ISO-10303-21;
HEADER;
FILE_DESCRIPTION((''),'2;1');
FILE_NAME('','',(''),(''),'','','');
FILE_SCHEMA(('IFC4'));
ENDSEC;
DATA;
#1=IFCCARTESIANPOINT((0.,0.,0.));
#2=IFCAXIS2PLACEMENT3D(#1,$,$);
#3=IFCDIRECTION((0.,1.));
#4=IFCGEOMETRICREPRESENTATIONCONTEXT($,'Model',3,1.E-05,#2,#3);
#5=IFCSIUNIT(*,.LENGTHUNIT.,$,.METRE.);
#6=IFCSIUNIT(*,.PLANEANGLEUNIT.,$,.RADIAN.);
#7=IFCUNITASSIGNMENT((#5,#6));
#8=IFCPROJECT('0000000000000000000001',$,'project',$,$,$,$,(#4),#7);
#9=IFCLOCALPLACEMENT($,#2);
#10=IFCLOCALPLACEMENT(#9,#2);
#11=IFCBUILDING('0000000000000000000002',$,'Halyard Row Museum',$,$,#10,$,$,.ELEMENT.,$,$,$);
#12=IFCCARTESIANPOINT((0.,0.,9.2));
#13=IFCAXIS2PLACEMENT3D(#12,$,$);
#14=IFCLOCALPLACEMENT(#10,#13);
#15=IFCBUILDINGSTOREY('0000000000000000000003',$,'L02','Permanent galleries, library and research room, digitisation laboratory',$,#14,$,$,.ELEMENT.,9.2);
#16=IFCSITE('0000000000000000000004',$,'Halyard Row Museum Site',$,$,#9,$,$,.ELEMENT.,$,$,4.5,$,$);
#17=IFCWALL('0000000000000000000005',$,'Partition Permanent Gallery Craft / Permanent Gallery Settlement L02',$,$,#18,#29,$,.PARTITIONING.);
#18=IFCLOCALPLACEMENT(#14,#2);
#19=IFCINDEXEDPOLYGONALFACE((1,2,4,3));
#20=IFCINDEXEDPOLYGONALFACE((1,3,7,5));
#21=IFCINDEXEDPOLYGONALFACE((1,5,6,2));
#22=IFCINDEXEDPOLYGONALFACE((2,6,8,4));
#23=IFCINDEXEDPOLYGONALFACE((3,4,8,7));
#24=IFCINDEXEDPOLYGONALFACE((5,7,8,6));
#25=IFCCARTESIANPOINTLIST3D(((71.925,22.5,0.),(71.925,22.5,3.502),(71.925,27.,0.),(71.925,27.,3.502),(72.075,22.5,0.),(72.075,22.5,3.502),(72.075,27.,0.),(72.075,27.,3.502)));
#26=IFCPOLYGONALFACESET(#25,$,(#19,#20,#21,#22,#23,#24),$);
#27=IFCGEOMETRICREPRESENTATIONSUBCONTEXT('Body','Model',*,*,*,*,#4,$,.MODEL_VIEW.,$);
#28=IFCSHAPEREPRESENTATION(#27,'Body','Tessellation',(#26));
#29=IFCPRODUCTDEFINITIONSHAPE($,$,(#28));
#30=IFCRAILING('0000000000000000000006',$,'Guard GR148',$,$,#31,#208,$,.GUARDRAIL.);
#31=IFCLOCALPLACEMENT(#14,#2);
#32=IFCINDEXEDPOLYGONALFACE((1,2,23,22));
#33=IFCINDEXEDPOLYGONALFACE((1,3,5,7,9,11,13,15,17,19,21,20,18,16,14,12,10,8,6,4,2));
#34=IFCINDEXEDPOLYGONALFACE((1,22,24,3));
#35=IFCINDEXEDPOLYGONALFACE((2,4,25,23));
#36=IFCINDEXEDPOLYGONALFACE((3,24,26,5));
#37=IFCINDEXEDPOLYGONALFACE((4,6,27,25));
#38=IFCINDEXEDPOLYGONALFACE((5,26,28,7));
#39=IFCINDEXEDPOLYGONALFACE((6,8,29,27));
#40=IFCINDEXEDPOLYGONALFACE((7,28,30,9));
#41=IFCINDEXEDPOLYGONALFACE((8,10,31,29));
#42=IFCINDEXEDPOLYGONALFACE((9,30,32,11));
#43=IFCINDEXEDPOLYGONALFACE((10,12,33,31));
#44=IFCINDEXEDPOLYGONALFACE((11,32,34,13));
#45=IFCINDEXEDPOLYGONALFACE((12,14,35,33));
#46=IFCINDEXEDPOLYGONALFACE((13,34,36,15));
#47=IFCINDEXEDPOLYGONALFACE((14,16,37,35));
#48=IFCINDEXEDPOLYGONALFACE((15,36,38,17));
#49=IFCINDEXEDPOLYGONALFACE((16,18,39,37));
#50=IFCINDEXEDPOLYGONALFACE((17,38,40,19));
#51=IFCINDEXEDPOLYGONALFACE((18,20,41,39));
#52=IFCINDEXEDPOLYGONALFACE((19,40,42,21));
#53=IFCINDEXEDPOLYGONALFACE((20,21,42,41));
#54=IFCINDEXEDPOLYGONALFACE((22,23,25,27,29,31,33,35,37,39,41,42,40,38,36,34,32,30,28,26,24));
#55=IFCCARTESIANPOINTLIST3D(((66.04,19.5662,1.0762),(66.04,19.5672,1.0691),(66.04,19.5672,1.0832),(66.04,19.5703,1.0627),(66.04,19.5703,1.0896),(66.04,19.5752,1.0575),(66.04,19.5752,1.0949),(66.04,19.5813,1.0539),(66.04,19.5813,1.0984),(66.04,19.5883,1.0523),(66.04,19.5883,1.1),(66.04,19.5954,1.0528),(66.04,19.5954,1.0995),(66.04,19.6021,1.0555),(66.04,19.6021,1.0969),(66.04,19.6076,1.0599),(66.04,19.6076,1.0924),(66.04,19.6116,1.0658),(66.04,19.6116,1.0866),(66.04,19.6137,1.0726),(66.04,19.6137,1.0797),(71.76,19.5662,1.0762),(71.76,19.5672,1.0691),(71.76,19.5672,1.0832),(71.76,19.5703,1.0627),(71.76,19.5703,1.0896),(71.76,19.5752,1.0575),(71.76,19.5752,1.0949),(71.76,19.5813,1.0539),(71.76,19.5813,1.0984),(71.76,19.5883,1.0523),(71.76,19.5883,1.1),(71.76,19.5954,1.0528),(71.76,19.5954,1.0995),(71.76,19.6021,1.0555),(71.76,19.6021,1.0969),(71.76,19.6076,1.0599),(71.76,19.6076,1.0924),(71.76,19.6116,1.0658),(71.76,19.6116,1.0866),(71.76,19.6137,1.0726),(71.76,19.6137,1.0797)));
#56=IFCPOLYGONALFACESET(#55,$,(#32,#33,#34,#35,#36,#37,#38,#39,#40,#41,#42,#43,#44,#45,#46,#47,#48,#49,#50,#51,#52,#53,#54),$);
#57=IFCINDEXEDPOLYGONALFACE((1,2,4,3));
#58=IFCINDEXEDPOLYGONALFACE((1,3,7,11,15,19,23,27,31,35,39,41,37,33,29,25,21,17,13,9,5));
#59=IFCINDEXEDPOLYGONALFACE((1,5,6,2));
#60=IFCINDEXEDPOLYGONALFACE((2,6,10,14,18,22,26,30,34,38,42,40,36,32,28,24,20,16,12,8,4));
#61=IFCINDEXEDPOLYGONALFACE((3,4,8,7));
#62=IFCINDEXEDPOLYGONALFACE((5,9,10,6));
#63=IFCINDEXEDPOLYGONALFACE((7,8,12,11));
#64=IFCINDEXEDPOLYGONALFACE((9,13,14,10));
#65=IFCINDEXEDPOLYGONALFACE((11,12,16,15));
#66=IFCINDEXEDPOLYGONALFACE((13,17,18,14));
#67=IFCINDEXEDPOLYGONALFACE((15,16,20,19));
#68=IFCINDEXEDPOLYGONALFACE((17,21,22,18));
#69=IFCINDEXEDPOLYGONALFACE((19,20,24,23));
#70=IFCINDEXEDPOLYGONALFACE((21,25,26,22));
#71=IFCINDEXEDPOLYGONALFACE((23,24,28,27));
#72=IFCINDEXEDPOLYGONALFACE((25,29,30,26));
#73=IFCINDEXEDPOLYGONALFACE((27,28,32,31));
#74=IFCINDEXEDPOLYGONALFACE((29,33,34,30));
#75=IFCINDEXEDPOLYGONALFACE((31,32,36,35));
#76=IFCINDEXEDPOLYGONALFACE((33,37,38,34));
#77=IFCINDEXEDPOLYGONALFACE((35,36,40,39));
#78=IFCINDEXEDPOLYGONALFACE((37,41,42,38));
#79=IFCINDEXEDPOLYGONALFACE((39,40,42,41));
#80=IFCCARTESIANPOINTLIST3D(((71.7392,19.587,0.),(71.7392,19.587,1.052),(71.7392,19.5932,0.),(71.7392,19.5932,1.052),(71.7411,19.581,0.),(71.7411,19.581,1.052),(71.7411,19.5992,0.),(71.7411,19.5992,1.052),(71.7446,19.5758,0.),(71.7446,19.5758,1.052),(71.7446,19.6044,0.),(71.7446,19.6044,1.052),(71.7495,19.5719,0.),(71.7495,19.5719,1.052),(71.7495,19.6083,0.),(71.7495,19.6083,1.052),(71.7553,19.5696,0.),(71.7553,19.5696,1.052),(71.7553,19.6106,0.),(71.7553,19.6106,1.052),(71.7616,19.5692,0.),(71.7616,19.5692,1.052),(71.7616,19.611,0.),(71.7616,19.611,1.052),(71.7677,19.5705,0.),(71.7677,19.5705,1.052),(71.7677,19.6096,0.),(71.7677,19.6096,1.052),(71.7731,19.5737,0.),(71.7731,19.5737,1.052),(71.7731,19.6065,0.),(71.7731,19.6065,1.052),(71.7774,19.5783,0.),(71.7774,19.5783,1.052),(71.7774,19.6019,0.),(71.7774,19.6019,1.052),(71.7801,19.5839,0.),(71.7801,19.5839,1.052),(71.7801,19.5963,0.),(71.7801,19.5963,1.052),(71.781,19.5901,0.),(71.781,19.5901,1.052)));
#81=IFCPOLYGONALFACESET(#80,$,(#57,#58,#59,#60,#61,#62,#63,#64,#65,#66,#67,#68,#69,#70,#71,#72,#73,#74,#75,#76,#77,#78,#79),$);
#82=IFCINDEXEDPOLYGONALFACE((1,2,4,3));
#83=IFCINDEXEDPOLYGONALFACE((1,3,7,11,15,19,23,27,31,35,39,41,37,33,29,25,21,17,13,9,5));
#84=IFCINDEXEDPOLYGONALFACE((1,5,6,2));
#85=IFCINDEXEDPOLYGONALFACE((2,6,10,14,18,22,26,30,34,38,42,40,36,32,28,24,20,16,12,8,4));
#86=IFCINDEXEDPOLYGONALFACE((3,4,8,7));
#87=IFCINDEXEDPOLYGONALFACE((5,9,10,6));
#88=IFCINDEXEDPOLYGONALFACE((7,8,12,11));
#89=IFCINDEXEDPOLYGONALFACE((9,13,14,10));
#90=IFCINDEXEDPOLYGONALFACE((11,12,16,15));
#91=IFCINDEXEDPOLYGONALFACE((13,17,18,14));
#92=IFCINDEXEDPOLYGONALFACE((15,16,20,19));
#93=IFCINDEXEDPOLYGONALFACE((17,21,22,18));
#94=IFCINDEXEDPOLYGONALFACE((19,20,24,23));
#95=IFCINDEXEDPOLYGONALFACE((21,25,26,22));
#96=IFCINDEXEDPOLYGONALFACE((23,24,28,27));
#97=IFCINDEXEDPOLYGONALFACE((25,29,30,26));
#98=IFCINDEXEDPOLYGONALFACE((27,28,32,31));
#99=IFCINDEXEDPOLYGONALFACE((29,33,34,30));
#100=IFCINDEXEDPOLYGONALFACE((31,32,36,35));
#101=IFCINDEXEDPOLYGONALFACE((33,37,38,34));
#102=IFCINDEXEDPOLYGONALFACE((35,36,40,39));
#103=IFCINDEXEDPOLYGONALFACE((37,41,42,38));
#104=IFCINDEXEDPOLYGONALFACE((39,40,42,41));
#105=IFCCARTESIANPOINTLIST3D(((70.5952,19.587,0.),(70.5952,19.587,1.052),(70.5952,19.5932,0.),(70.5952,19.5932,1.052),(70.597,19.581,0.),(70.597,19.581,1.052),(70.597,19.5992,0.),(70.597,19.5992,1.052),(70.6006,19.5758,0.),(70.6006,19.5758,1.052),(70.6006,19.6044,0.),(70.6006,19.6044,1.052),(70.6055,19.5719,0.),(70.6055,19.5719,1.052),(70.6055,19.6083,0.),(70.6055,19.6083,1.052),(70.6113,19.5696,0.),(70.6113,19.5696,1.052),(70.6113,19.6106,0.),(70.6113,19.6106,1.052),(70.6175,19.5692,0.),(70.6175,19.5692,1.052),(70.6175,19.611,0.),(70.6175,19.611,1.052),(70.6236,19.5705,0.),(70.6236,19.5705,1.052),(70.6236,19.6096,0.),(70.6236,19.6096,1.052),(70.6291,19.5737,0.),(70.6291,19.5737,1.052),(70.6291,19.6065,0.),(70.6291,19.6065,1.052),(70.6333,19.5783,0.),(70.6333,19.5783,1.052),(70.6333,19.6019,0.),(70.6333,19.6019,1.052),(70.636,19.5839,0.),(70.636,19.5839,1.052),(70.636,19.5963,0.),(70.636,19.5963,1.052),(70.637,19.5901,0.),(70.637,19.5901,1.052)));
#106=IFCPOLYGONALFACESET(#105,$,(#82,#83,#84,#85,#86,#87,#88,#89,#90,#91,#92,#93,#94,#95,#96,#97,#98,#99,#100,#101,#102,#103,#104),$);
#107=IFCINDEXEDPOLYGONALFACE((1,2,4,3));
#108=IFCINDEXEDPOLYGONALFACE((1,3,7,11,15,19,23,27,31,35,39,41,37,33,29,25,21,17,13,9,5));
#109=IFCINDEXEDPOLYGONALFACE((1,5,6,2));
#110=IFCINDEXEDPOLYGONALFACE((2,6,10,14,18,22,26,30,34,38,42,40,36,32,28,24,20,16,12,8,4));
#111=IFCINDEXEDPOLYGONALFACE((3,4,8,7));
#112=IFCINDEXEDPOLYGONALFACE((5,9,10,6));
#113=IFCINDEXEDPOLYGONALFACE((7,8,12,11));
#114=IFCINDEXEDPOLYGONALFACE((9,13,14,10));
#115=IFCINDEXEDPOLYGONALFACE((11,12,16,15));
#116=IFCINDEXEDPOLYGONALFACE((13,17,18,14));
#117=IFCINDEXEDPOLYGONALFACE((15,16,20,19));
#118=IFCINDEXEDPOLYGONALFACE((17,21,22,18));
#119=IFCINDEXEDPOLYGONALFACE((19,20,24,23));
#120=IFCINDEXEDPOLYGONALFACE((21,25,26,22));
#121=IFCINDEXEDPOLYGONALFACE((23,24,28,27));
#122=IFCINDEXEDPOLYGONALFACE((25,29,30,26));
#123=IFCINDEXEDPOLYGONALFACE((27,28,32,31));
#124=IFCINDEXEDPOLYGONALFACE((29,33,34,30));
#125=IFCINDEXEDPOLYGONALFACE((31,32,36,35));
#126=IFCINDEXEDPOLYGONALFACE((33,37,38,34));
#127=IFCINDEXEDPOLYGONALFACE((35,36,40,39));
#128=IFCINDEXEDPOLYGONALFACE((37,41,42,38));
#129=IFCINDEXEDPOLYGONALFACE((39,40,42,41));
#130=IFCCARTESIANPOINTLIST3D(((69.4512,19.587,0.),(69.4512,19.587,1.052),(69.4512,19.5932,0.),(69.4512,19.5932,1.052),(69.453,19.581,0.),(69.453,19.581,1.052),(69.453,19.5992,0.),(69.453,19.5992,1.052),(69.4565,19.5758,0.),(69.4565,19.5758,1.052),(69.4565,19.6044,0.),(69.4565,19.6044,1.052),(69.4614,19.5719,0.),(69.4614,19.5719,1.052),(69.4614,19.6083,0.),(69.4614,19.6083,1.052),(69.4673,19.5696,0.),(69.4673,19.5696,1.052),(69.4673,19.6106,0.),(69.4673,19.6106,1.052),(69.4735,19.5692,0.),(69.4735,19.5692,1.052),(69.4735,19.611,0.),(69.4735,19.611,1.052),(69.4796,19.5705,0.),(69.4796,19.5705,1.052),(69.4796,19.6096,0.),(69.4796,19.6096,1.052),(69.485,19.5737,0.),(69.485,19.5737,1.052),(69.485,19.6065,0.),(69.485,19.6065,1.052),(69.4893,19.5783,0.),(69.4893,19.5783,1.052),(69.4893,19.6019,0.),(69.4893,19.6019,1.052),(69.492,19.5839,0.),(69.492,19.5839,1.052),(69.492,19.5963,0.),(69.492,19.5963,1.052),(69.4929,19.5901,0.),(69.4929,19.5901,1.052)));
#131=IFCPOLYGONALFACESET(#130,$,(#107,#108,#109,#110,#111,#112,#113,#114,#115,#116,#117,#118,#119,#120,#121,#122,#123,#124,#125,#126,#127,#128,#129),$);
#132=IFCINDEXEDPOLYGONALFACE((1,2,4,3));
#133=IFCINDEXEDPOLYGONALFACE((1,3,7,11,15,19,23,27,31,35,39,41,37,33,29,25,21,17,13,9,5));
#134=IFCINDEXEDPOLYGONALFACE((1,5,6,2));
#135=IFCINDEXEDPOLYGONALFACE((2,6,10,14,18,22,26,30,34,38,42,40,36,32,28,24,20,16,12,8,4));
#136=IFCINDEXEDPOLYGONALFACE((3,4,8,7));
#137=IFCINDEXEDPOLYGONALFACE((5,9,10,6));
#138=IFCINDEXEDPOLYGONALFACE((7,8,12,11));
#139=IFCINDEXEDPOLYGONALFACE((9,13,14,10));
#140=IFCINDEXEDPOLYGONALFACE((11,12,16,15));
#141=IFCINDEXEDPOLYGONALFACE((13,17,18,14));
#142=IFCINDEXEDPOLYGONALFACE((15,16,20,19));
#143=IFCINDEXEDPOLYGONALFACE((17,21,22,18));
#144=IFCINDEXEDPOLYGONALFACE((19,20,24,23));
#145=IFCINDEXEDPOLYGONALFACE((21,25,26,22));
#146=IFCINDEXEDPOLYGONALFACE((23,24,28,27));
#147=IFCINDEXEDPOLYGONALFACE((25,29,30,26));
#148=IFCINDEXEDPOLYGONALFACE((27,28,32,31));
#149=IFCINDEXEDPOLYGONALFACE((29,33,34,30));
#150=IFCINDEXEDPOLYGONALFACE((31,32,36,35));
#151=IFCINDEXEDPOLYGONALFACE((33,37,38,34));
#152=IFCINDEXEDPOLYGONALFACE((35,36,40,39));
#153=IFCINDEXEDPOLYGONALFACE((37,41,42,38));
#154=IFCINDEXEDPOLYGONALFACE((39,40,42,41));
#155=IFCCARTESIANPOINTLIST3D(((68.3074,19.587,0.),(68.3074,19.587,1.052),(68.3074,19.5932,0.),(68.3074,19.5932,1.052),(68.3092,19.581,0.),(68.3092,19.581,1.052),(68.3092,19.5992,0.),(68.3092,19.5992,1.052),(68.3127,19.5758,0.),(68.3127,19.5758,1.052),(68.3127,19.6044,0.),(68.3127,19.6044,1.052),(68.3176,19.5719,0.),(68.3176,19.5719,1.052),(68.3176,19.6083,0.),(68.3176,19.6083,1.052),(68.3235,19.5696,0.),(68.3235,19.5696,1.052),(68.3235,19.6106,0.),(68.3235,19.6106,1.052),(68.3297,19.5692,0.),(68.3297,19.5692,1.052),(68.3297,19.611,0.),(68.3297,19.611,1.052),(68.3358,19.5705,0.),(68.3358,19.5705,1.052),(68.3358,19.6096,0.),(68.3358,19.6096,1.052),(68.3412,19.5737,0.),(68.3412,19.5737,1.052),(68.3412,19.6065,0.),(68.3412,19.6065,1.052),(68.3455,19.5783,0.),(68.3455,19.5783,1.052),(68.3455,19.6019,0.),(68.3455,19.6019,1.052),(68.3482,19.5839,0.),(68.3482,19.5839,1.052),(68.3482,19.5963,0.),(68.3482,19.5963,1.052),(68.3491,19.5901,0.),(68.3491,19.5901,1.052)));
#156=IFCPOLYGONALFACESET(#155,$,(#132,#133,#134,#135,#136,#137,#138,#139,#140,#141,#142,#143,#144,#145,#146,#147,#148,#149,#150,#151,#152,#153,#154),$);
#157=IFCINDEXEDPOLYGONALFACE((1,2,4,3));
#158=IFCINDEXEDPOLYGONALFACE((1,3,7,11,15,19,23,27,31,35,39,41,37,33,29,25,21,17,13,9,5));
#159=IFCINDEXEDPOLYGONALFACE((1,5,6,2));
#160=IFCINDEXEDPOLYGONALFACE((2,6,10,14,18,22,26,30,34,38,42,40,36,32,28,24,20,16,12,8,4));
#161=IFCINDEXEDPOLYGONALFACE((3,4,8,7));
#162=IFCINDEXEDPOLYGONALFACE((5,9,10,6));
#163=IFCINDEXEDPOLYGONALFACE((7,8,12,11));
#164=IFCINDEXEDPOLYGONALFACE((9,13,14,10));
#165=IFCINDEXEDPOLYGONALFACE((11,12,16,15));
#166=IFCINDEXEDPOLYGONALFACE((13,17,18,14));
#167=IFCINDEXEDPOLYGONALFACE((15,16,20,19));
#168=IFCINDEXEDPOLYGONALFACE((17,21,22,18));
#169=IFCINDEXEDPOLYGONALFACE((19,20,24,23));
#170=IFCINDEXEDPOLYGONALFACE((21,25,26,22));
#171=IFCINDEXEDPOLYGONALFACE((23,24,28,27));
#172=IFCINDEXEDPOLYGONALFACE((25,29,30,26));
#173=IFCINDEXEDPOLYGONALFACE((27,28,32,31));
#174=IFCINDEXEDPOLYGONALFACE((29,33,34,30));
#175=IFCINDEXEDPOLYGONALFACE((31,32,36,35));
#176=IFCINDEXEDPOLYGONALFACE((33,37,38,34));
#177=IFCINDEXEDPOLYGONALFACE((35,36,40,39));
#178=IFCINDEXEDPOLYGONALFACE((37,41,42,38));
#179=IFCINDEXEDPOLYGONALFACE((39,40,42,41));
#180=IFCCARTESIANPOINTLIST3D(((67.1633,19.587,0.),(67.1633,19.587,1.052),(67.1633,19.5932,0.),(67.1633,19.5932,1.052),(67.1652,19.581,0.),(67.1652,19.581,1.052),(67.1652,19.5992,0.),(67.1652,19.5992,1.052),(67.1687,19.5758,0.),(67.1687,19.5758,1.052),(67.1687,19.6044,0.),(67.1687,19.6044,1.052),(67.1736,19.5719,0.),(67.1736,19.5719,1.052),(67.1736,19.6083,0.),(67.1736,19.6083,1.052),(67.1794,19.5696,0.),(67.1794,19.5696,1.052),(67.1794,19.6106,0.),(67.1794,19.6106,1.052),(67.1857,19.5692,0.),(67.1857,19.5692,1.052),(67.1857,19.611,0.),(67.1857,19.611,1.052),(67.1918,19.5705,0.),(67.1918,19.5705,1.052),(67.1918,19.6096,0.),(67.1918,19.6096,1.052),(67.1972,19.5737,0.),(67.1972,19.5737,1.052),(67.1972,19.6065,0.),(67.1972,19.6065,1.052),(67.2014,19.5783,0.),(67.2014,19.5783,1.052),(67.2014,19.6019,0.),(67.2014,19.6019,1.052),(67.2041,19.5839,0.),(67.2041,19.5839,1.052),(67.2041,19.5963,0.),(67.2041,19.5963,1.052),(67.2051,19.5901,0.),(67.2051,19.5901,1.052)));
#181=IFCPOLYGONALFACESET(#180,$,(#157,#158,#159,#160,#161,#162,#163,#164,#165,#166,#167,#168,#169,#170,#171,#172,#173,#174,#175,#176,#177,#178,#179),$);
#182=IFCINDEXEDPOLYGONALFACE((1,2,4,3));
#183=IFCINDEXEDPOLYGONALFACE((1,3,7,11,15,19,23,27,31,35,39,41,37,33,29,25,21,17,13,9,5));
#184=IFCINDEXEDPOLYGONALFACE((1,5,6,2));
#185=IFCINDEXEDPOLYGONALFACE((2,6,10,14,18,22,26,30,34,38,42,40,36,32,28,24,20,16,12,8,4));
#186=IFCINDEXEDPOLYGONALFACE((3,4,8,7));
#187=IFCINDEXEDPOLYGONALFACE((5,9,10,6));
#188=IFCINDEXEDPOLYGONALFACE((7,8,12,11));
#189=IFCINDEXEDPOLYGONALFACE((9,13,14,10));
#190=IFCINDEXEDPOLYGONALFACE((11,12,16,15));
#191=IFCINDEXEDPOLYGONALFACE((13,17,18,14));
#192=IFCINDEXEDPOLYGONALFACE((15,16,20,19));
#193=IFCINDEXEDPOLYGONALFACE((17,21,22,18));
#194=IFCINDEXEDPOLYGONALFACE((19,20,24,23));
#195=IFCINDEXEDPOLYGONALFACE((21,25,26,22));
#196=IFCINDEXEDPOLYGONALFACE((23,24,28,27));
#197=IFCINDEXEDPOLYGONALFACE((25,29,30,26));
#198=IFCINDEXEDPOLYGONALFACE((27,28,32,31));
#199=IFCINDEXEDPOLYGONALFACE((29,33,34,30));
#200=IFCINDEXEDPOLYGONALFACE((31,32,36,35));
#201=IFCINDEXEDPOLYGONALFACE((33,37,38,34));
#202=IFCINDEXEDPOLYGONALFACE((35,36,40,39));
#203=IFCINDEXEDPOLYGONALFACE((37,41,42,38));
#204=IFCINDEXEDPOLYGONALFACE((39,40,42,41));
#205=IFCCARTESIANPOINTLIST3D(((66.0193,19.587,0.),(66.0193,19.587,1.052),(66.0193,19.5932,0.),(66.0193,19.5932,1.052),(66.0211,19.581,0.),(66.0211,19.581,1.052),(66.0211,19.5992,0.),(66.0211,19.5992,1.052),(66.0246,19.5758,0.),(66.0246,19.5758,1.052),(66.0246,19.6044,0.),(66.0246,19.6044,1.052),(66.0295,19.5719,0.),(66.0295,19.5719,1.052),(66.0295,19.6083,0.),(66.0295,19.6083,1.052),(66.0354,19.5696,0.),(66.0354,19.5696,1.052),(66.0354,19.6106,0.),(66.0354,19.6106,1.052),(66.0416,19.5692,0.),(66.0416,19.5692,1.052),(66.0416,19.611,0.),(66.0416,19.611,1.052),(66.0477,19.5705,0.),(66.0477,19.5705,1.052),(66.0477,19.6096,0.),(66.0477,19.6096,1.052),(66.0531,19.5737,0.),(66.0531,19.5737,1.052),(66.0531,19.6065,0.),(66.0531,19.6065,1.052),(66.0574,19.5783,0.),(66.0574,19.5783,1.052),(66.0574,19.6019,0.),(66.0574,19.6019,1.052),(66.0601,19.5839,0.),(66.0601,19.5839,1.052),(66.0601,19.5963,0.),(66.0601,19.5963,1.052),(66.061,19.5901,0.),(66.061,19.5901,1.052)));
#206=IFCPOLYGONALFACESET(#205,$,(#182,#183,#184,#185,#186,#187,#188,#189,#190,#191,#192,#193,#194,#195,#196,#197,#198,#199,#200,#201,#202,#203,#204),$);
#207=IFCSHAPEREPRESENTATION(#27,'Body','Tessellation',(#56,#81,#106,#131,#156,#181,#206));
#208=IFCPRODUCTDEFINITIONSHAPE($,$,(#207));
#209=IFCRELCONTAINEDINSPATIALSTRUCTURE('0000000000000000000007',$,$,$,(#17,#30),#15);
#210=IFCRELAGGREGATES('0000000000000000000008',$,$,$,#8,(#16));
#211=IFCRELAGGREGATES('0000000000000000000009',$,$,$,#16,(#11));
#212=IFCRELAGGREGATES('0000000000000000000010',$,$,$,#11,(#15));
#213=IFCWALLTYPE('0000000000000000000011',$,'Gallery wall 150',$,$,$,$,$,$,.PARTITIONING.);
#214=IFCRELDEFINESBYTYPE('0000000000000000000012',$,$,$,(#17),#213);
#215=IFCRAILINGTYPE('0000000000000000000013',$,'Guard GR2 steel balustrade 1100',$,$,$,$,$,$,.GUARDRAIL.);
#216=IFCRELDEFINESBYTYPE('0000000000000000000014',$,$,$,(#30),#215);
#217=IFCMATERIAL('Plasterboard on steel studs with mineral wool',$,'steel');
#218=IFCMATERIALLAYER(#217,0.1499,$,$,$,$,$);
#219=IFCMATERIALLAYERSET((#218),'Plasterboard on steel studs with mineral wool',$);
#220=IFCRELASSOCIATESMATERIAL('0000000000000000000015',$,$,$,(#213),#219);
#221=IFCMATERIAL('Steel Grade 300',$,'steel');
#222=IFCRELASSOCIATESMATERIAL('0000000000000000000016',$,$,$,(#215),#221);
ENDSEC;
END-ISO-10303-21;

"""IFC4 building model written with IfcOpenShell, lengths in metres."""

from ifc_helpers import new_model, si_unit, direction, frame, frame_2d, origin, origin_2d, place, context, subcontext, project, spatial, rectangle, circle, extrude, material, layer, layer_set, type_object, element, save


model = new_model("IFC4")

# Units and contexts
model_context = context("Model", 3, precision=1e-05, world=origin(), true_north=direction((0.0, 1.0)))
body_context = subcontext(model_context, "Body", "Model", "MODEL_VIEW")
ifc_project = project(units=[si_unit("LENGTHUNIT", "METRE"), si_unit("PLANEANGLEUNIT", "RADIAN")], contexts=[model_context])

# Site, building, storey
site_placement = place(None, origin())
site = spatial("IfcSite", under=ifc_project, at=site_placement, Name="Halyard Row Museum Site", CompositionType="ELEMENT", RefElevation=4.5)
building_placement = place(site_placement, origin())
building = spatial("IfcBuilding", under=site, at=building_placement, Name="Halyard Row Museum", CompositionType="ELEMENT")
storey_placement = place(building_placement, frame((0.0, 0.0, 9.2)))
storey = spatial("IfcBuildingStorey", under=building, at=storey_placement, Name="L02", Description="Permanent galleries, library and research room, digitisation laboratory", CompositionType="ELEMENT", Elevation=9.2)

# Wall
ifc_material_1 = material(Name="Plasterboard on steel studs with mineral wool", Category="steel")
ifc_layer_1 = layer(ifc_material_1, 0.1499)
ifc_layer_set_1 = layer_set([ifc_layer_1], Name="Plasterboard on steel studs with mineral wool")
wall_type_1 = type_object("IfcWallType", Name="Gallery wall 150", PredefinedType="PARTITIONING", material=ifc_layer_set_1)
wall_1_placement = place(storey_placement, frame((72.0, 22.5, 0.0), z_axis=(0.0, 0.0, 1.0), x_axis=(0.0, 1.0, 0.0)))
element("IfcWall", 1, at=wall_1_placement, inside=storey, type_object=wall_type_1, Name="Partition Permanent Gallery Craft / Permanent Gallery Settlement L02", PredefinedType="PARTITIONING", context=body_context, shape_type="SweptSolid", body=[
    extrude(rectangle(XDim=4.5, YDim=0.1499, at=frame_2d((2.25, 0.0))), origin(), (0.0, 0.0, 1.0), 3.502),
])

# Railing
ifc_material_2 = material(Name="Steel Grade 300", Category="steel")
railing_type = type_object("IfcRailingType", Name="Guard GR2 steel balustrade 1100", PredefinedType="GUARDRAIL", material=ifc_material_2)
railing_1_placement = place(storey_placement, frame((71.76, 19.5901, 0.0)))
element("IfcRailing", 2, at=railing_1_placement, inside=storey, type_object=railing_type, Name="Guard GR148", PredefinedType="GUARDRAIL", context=body_context, shape_type="SweptSolid", body=[
    extrude(circle(Radius=0.0239, at=origin_2d()), frame((0.0, 0.0, 1.0762), z_axis=(-1.0, 0.0, 0.0), x_axis=(0.0, -1.0, 0.0)), (0.0, 0.0, 1.0), 5.72),
    extrude(circle(Radius=0.021, at=origin_2d()), origin(), (0.0, 0.0, 1.0), 1.052),
    extrude(circle(Radius=0.021, at=origin_2d()), frame((-1.144, 0.0, 0.0)), (0.0, 0.0, 1.0), 1.052),
    extrude(circle(Radius=0.021, at=origin_2d()), frame((-2.2881, 0.0, 0.0)), (0.0, 0.0, 1.0), 1.052),
    extrude(circle(Radius=0.021, at=origin_2d()), frame((-3.4319, 0.0, 0.0)), (0.0, 0.0, 1.0), 1.052),
    extrude(circle(Radius=0.021, at=origin_2d()), frame((-4.5759, 0.0, 0.0)), (0.0, 0.0, 1.0), 1.052),
    extrude(circle(Radius=0.021, at=origin_2d()), frame((-5.72, 0.0, 0.0)), (0.0, 0.0, 1.0), 1.052),
])

save(model, "model.ifc")
